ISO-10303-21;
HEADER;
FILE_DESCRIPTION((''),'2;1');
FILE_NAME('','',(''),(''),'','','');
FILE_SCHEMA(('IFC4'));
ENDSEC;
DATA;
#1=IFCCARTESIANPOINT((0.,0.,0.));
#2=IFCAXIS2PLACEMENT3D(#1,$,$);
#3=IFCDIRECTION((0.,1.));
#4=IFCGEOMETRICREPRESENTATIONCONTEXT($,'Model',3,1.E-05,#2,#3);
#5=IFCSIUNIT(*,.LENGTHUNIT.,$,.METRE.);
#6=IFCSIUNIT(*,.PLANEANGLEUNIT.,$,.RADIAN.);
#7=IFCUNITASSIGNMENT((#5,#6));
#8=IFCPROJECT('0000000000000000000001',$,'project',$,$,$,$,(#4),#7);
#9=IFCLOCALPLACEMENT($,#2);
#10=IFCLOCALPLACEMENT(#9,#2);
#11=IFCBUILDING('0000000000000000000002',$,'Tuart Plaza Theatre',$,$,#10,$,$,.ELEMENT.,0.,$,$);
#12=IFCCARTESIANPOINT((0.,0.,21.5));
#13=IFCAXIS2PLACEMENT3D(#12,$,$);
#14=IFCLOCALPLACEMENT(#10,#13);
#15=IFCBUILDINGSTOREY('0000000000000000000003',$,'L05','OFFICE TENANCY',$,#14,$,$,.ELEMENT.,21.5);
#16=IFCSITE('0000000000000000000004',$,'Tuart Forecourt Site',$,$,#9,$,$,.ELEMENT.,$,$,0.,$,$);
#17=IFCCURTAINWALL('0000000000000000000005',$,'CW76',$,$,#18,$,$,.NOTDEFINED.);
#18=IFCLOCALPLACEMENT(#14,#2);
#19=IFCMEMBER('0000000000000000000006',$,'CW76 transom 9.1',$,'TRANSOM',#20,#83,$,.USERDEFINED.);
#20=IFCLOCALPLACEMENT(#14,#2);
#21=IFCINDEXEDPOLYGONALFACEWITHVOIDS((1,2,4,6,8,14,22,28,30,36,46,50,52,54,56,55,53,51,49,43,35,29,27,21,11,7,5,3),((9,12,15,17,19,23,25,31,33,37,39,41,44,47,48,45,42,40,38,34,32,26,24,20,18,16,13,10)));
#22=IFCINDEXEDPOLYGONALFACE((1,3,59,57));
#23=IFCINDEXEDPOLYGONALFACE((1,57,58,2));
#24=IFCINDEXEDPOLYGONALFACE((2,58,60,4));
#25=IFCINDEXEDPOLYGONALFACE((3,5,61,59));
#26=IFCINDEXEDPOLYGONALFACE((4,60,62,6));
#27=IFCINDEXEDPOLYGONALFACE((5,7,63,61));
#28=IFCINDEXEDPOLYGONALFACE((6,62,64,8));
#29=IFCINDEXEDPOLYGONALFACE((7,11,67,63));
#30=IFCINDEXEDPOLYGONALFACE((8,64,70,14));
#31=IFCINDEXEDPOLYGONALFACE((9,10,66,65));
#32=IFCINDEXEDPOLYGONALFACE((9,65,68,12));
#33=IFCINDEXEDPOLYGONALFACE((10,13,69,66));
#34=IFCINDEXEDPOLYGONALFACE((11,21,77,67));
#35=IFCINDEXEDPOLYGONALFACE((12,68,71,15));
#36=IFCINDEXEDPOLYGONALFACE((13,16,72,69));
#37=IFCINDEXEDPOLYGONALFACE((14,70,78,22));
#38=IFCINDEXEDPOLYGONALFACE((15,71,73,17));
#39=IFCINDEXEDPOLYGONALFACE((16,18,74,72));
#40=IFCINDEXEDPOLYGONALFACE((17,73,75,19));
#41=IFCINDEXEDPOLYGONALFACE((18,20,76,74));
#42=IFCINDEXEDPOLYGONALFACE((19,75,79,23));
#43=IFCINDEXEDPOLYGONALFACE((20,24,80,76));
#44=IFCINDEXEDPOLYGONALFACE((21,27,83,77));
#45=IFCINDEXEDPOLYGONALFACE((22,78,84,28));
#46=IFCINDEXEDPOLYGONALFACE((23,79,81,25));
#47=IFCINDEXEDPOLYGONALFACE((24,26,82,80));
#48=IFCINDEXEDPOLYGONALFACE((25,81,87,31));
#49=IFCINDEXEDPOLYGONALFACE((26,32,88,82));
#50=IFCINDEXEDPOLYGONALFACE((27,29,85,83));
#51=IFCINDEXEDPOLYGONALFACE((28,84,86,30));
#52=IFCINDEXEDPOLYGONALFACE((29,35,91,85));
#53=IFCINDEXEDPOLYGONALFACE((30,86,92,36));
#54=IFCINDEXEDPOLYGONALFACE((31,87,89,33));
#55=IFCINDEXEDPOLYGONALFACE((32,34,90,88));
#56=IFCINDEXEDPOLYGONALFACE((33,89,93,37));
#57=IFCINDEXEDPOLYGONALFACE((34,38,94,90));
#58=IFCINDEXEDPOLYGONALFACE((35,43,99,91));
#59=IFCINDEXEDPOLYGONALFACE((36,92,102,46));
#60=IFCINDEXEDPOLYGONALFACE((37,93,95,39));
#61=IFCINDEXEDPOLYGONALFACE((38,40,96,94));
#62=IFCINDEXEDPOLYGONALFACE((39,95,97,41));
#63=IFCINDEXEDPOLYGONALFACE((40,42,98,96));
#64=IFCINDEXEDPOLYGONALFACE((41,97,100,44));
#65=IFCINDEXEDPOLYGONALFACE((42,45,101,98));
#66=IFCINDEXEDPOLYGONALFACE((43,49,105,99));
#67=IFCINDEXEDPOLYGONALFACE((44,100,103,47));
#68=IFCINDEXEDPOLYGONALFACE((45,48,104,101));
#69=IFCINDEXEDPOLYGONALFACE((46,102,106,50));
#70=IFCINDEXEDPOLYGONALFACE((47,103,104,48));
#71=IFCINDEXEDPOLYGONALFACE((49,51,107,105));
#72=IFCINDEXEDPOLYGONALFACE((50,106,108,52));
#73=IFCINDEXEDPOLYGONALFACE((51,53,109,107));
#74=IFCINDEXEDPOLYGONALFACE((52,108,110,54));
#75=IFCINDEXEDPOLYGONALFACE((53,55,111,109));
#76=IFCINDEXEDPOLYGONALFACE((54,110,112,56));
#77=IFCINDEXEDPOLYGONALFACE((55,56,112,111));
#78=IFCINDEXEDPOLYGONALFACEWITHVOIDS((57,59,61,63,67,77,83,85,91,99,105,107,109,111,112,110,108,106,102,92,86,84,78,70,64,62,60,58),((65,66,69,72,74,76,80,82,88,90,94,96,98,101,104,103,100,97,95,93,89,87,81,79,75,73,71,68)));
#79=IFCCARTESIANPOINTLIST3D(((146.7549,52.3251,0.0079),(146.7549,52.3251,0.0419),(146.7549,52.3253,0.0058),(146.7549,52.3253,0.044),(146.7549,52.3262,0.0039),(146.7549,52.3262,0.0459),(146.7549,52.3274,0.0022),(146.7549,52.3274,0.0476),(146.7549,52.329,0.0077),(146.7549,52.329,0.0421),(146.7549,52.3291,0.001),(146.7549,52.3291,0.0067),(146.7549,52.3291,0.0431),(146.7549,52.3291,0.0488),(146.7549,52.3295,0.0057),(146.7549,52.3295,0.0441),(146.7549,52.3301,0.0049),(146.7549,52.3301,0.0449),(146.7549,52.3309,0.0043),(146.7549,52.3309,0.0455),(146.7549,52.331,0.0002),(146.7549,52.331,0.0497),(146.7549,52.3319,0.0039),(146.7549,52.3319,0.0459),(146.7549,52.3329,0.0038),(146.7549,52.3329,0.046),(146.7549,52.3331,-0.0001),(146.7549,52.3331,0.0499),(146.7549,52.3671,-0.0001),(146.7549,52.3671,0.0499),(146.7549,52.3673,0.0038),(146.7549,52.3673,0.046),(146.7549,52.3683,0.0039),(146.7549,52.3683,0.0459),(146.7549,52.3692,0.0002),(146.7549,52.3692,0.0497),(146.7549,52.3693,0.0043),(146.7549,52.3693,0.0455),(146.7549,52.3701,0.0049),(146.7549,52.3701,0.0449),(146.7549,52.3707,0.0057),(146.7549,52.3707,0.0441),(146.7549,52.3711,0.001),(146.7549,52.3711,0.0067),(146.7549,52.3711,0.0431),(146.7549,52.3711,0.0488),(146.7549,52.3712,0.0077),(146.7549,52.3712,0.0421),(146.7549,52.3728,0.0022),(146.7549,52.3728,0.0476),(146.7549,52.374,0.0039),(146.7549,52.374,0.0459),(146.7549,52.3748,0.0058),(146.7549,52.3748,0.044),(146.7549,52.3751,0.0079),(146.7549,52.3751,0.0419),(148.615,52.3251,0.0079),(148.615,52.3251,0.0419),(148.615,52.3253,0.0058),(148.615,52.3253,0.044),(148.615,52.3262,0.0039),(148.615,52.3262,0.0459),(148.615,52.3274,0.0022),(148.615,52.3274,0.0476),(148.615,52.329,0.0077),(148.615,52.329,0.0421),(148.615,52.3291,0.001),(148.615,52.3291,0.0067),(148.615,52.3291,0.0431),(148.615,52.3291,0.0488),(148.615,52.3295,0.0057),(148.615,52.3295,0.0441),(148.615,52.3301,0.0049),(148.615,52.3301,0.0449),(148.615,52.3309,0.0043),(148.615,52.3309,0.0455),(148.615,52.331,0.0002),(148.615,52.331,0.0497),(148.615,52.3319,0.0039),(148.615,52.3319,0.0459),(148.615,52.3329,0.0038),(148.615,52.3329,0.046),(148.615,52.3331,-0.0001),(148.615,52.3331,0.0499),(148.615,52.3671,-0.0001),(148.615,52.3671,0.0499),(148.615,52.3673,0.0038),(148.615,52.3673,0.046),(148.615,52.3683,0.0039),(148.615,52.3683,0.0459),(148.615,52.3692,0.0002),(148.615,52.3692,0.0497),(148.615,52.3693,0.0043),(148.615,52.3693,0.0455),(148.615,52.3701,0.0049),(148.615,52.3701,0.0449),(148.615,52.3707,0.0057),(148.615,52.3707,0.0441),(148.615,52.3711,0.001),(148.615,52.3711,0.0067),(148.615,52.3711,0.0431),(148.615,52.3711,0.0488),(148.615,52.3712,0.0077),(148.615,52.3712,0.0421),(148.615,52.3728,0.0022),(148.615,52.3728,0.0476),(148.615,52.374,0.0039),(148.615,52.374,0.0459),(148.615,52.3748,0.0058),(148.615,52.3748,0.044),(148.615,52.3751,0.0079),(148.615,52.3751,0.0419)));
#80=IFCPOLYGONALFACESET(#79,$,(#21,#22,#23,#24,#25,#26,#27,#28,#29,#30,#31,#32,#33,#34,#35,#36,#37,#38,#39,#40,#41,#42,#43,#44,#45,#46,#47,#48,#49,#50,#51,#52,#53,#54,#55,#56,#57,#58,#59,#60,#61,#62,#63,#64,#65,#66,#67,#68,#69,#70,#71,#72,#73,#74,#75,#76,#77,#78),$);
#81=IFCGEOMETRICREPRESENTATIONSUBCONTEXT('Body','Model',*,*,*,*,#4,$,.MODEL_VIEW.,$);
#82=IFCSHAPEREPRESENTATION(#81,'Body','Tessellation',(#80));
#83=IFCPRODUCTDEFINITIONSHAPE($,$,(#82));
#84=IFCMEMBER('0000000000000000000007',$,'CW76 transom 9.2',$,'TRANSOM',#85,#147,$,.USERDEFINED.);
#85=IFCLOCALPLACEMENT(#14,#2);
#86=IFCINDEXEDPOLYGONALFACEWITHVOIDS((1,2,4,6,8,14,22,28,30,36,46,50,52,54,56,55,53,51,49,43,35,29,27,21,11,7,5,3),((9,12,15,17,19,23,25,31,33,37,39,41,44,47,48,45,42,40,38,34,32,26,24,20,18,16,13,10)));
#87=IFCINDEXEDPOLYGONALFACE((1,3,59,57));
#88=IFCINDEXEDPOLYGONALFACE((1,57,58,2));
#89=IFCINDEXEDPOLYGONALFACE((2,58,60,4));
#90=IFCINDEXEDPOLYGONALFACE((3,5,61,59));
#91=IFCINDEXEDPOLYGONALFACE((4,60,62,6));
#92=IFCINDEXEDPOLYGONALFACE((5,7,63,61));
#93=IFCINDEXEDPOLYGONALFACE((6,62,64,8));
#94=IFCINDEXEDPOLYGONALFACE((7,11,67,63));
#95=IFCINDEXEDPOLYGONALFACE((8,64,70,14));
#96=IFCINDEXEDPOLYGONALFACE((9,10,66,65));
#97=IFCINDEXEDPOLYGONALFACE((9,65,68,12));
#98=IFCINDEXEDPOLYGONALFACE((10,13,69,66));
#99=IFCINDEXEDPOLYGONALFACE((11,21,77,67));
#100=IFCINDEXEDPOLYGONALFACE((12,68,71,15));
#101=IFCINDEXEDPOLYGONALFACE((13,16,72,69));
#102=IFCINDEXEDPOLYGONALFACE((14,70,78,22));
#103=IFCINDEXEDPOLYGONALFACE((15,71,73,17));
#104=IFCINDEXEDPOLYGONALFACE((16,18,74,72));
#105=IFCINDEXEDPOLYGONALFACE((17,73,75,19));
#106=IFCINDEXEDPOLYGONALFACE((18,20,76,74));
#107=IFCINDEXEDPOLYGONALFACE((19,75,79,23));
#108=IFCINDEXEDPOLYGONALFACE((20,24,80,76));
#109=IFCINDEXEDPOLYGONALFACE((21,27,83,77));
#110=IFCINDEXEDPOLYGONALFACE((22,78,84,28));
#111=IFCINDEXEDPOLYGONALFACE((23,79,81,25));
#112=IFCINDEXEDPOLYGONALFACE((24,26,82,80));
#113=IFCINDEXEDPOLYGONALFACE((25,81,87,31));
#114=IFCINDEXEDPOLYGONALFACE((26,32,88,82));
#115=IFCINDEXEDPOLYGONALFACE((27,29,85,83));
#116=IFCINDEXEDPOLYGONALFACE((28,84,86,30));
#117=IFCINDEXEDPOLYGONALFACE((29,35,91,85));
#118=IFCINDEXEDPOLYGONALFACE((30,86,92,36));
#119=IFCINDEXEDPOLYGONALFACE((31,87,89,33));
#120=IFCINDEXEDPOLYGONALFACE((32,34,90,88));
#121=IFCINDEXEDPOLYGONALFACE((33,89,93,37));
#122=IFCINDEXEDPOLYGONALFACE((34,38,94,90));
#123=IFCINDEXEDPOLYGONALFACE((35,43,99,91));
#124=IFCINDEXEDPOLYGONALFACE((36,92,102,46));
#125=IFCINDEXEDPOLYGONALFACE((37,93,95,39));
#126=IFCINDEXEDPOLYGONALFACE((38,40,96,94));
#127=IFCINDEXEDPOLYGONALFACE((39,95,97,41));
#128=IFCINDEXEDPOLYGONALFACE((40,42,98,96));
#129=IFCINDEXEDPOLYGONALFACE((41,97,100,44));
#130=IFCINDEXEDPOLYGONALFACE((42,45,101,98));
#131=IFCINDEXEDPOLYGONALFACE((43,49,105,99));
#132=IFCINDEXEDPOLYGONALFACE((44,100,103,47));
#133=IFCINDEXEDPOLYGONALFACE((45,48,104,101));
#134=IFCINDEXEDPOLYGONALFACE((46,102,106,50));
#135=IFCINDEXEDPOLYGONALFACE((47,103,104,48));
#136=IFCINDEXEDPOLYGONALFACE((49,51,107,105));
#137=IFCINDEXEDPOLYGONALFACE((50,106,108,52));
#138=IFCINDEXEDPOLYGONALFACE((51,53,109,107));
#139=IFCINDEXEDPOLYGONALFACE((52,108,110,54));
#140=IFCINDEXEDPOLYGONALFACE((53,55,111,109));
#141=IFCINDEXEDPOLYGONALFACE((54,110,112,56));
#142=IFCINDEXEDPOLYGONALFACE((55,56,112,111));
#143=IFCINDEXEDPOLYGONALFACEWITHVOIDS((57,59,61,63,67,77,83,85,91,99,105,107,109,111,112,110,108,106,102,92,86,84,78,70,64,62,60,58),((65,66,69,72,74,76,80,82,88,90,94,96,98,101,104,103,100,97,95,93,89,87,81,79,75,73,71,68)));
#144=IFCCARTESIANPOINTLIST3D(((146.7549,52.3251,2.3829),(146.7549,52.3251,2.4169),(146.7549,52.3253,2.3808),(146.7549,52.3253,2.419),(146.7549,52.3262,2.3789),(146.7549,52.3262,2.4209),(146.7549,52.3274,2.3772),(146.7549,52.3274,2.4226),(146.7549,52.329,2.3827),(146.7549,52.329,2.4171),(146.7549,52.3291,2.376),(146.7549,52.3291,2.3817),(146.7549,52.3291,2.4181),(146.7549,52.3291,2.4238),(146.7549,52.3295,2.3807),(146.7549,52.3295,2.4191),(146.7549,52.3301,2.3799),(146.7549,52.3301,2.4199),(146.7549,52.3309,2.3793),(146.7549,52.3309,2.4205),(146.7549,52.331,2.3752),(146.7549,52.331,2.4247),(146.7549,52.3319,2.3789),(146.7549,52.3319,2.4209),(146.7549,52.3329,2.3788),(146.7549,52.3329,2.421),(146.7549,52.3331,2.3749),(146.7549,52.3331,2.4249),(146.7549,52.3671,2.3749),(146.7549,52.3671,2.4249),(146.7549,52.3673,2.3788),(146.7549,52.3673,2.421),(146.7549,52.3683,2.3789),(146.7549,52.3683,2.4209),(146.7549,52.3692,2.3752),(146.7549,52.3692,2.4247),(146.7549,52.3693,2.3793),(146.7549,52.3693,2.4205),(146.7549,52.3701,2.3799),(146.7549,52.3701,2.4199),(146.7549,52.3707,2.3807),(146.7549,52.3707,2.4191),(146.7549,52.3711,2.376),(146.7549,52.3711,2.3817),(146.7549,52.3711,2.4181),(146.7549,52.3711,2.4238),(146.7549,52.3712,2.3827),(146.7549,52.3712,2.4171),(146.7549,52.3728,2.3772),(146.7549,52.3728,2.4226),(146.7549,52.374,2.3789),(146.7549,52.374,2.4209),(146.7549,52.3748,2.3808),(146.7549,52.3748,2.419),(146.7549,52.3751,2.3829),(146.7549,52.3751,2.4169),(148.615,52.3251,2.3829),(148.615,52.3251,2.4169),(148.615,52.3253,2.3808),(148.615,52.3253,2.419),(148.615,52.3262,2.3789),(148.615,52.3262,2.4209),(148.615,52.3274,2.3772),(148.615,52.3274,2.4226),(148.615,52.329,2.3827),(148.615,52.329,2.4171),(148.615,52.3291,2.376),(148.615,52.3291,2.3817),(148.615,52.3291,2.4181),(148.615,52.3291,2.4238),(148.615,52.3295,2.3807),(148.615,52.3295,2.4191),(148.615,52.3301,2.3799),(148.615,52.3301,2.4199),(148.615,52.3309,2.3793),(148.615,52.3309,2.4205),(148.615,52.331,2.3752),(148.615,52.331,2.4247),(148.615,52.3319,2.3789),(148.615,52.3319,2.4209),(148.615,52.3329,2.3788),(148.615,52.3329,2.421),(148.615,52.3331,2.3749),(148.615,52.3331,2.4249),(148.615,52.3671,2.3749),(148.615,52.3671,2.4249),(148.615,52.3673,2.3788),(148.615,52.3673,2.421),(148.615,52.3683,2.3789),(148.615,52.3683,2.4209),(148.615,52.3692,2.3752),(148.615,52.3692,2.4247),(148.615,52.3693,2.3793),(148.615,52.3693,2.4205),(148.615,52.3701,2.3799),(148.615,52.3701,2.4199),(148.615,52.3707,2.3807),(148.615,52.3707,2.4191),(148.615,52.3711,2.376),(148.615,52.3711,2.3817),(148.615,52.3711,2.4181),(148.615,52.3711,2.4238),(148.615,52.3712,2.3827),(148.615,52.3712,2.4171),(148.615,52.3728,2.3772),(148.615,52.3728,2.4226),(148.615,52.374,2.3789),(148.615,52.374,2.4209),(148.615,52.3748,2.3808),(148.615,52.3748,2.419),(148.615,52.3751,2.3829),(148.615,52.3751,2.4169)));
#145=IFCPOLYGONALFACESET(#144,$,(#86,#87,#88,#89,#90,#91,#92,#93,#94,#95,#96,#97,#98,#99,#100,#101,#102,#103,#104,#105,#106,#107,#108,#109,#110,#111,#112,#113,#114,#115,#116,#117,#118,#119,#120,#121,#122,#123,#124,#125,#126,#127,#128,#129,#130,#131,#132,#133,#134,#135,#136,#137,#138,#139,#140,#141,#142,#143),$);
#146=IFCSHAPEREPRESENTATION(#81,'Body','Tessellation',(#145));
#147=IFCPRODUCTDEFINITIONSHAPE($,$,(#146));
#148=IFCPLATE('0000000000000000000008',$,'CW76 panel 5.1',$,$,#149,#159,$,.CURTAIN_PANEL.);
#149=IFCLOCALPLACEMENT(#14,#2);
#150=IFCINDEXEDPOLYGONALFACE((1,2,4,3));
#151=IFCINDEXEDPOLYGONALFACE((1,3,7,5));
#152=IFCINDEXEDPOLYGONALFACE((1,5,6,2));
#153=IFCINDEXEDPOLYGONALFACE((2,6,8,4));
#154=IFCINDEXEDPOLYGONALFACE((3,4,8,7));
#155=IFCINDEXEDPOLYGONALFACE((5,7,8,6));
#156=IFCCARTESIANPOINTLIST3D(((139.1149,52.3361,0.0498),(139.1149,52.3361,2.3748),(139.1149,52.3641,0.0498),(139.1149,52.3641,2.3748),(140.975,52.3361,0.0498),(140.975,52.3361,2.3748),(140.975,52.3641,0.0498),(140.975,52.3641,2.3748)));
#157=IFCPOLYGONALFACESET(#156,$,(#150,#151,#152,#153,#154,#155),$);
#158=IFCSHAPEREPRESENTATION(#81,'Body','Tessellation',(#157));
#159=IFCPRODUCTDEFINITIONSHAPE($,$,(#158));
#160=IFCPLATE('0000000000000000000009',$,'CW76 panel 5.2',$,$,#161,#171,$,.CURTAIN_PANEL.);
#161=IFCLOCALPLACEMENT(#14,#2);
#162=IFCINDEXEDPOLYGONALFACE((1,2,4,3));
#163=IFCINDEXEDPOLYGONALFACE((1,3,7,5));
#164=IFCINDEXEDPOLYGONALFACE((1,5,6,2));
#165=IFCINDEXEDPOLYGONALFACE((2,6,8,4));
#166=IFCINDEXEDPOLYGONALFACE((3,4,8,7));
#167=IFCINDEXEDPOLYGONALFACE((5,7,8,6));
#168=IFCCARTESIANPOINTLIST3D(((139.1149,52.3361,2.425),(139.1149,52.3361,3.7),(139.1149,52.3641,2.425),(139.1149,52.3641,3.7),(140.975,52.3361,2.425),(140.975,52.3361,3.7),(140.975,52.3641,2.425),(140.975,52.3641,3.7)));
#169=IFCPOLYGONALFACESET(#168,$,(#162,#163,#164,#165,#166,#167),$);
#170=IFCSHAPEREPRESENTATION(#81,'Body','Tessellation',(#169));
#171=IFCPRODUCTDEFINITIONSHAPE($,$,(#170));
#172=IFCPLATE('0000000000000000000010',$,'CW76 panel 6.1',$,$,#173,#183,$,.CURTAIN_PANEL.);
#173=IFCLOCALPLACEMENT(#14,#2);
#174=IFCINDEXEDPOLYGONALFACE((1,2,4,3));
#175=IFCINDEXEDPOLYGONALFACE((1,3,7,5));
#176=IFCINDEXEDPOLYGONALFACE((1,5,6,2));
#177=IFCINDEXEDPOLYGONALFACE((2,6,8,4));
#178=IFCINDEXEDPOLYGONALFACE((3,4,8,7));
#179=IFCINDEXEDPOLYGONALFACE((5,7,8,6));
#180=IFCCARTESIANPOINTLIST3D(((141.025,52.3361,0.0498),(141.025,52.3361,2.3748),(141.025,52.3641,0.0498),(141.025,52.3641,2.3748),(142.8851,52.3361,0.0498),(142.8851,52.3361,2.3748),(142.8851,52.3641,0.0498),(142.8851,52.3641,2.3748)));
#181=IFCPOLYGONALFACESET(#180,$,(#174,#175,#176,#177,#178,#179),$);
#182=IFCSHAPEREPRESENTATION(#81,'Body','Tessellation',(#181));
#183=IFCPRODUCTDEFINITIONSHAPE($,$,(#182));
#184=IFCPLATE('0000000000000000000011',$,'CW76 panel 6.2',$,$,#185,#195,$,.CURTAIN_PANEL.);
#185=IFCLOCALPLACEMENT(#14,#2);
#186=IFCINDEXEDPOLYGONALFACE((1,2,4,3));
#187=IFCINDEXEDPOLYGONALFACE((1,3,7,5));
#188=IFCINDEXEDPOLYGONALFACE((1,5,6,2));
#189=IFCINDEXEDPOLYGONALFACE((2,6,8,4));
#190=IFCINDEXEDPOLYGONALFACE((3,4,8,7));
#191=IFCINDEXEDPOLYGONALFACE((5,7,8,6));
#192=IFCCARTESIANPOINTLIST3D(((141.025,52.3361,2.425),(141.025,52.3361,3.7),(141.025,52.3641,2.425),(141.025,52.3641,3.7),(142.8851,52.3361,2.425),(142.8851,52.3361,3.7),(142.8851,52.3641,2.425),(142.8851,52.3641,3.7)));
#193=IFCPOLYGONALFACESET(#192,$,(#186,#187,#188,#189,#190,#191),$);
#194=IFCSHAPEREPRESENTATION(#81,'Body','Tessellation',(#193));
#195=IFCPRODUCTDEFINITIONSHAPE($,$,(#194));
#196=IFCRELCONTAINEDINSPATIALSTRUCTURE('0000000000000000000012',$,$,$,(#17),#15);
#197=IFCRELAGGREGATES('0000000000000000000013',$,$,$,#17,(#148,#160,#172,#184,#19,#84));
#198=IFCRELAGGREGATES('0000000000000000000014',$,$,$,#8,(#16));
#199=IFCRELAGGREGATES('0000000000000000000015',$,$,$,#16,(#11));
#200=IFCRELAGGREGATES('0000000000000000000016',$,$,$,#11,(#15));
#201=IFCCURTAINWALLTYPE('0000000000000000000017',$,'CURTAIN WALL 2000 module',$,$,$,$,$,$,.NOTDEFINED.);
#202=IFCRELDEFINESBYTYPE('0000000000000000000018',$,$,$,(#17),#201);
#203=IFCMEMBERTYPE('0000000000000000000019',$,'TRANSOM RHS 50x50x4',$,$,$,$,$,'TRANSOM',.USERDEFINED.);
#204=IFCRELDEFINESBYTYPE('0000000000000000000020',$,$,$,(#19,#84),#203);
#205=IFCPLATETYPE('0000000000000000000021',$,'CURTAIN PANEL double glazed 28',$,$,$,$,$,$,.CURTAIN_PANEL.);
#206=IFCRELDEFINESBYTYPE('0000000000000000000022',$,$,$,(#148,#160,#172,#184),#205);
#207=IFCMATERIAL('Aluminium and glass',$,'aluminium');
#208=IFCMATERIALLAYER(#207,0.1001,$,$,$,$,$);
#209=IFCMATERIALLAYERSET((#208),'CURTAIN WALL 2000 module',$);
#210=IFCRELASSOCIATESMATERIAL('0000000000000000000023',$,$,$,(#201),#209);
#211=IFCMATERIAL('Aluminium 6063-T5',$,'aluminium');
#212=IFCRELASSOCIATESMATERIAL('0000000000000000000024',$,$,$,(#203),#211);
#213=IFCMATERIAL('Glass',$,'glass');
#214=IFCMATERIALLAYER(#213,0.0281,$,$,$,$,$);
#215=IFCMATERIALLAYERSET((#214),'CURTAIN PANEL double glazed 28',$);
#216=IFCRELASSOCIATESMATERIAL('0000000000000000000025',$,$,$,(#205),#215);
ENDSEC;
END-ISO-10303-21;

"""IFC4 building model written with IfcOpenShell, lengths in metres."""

from ifc_helpers import new_model, si_unit, direction, frame, origin, origin_2d, place, context, subcontext, project, spatial, rectangle, hollow_rectangle, extrude, material, layer, layer_set, material_profile, profile_set, type_object, element, aggregate, save


model = new_model("IFC4")

# Units and contexts
model_context = context("Model", 3, precision=1e-05, world=origin(), true_north=direction((0.0, 1.0)))
body_context = subcontext(model_context, "Body", "Model", "MODEL_VIEW")
ifc_project = project(units=[si_unit("LENGTHUNIT", "METRE"), si_unit("PLANEANGLEUNIT", "RADIAN")], contexts=[model_context])

# Site, building, storey
site_placement = place(None, origin())
site = spatial("IfcSite", under=ifc_project, at=site_placement, Name="Tuart Forecourt Site", CompositionType="ELEMENT", RefElevation=0.0)
building_placement = place(site_placement, origin())
building = spatial("IfcBuilding", under=site, at=building_placement, Name="Tuart Plaza Theatre", CompositionType="ELEMENT", ElevationOfRefHeight=0.0)
storey_placement = place(building_placement, frame((0.0, 0.0, 21.5)))
storey = spatial("IfcBuildingStorey", under=building, at=storey_placement, Name="L05", Description="OFFICE TENANCY", CompositionType="ELEMENT", Elevation=21.5)

# Curtain wall, members, plates
ifc_material_1 = material(Name="Aluminium and glass", Category="aluminium")
ifc_layer_1 = layer(ifc_material_1, 0.1001)
ifc_layer_set_1 = layer_set([ifc_layer_1], Name="CURTAIN WALL 2000 module")
curtain_wall_type = type_object("IfcCurtainWallType", Name="CURTAIN WALL 2000 module", PredefinedType="NOTDEFINED", material=ifc_layer_set_1)
curtain_wall_placement = place(storey_placement, origin())
curtain_wall = element("IfcCurtainWall", 1, at=curtain_wall_placement, inside=storey, type_object=curtain_wall_type, Name="CW76", PredefinedType="NOTDEFINED")
ifc_material_2 = material(Name="Aluminium 6063-T5", Category="aluminium")
ifc_material_profile_1 = material_profile(ifc_material_2, hollow_rectangle(XDim=0.05, YDim=0.05, WallThickness=0.0039, InnerFilletRadius=0.0039, OuterFilletRadius=0.0081, at=origin_2d()), Name="RHS 50x50x4")
ifc_profile_set_1 = profile_set([ifc_material_profile_1], Name="Aluminium 6063-T5")
member_type_1 = type_object("IfcMemberType", Name="TRANSOM RHS 50x50x4", ElementType="TRANSOM", PredefinedType="USERDEFINED", material=ifc_profile_set_1)
member_1_placement = place(storey_placement, frame((146.7549, 52.3501, 0.0249), z_axis=(1.0, 0.0, 0.0), x_axis=(0.0, 1.0, 0.0)))
member_1 = element("IfcMember", 2, at=member_1_placement, type_object=member_type_1, Name="CW76 transom 9.1", ObjectType="TRANSOM", PredefinedType="USERDEFINED", context=body_context, shape_type="SweptSolid", body=[
    extrude(hollow_rectangle(XDim=0.05, YDim=0.05, WallThickness=0.0039, InnerFilletRadius=0.0039, OuterFilletRadius=0.0081, at=origin_2d()), origin(), (0.0, 0.0, 1.0), 1.8601),
])
member_2_placement = place(storey_placement, frame((146.7549, 52.3501, 2.3999), z_axis=(1.0, 0.0, 0.0), x_axis=(0.0, 1.0, 0.0)))
member_2 = element("IfcMember", 3, at=member_2_placement, type_object=member_type_1, Name="CW76 transom 9.2", ObjectType="TRANSOM", PredefinedType="USERDEFINED", context=body_context, shape_type="SweptSolid", body=[
    extrude(hollow_rectangle(XDim=0.05, YDim=0.05, WallThickness=0.0039, InnerFilletRadius=0.0039, OuterFilletRadius=0.0081, at=origin_2d()), origin(), (0.0, 0.0, 1.0), 1.8601),
])
ifc_material_3 = material(Name="Glass", Category="glass")
ifc_layer_2 = layer(ifc_material_3, 0.0281)
ifc_layer_set_2 = layer_set([ifc_layer_2], Name="CURTAIN PANEL double glazed 28")
plate_type = type_object("IfcPlateType", Name="CURTAIN PANEL double glazed 28", PredefinedType="CURTAIN_PANEL", material=ifc_layer_set_2)
plate_1_placement = place(storey_placement, frame((140.0449, 52.3501, 0.0498), z_axis=(0.0, 0.0, 1.0), x_axis=(1.0, 0.0, 0.0)))
plate_1 = element("IfcPlate", 4, at=plate_1_placement, type_object=plate_type, Name="CW76 panel 5.1", PredefinedType="CURTAIN_PANEL", context=body_context, shape_type="SweptSolid", body=[
    extrude(rectangle(XDim=1.8601, YDim=0.0281, at=origin_2d()), origin(), (0.0, 0.0, 1.0), 2.325),
])
plate_2_placement = place(storey_placement, frame((140.0449, 52.3501, 2.425), z_axis=(0.0, 0.0, 1.0), x_axis=(1.0, 0.0, 0.0)))
plate_2 = element("IfcPlate", 5, at=plate_2_placement, type_object=plate_type, Name="CW76 panel 5.2", PredefinedType="CURTAIN_PANEL", context=body_context, shape_type="SweptSolid", body=[
    extrude(rectangle(XDim=1.8601, YDim=0.0281, at=origin_2d()), origin(), (0.0, 0.0, 1.0), 1.2749),
])
plate_3_placement = place(storey_placement, frame((141.9551, 52.3501, 0.0498), z_axis=(0.0, 0.0, 1.0), x_axis=(1.0, 0.0, 0.0)))
plate_3 = element("IfcPlate", 6, at=plate_3_placement, type_object=plate_type, Name="CW76 panel 6.1", PredefinedType="CURTAIN_PANEL", context=body_context, shape_type="SweptSolid", body=[
    extrude(rectangle(XDim=1.8601, YDim=0.0281, at=origin_2d()), origin(), (0.0, 0.0, 1.0), 2.325),
])
plate_4_placement = place(storey_placement, frame((141.9551, 52.3501, 2.425), z_axis=(0.0, 0.0, 1.0), x_axis=(1.0, 0.0, 0.0)))
plate_4 = element("IfcPlate", 7, at=plate_4_placement, type_object=plate_type, Name="CW76 panel 6.2", PredefinedType="CURTAIN_PANEL", context=body_context, shape_type="SweptSolid", body=[
    extrude(rectangle(XDim=1.8601, YDim=0.0281, at=origin_2d()), origin(), (0.0, 0.0, 1.0), 1.2749),
])
aggregate(curtain_wall, [plate_1, plate_2, plate_3, plate_4, member_1, member_2])

save(model, "model.ifc")
